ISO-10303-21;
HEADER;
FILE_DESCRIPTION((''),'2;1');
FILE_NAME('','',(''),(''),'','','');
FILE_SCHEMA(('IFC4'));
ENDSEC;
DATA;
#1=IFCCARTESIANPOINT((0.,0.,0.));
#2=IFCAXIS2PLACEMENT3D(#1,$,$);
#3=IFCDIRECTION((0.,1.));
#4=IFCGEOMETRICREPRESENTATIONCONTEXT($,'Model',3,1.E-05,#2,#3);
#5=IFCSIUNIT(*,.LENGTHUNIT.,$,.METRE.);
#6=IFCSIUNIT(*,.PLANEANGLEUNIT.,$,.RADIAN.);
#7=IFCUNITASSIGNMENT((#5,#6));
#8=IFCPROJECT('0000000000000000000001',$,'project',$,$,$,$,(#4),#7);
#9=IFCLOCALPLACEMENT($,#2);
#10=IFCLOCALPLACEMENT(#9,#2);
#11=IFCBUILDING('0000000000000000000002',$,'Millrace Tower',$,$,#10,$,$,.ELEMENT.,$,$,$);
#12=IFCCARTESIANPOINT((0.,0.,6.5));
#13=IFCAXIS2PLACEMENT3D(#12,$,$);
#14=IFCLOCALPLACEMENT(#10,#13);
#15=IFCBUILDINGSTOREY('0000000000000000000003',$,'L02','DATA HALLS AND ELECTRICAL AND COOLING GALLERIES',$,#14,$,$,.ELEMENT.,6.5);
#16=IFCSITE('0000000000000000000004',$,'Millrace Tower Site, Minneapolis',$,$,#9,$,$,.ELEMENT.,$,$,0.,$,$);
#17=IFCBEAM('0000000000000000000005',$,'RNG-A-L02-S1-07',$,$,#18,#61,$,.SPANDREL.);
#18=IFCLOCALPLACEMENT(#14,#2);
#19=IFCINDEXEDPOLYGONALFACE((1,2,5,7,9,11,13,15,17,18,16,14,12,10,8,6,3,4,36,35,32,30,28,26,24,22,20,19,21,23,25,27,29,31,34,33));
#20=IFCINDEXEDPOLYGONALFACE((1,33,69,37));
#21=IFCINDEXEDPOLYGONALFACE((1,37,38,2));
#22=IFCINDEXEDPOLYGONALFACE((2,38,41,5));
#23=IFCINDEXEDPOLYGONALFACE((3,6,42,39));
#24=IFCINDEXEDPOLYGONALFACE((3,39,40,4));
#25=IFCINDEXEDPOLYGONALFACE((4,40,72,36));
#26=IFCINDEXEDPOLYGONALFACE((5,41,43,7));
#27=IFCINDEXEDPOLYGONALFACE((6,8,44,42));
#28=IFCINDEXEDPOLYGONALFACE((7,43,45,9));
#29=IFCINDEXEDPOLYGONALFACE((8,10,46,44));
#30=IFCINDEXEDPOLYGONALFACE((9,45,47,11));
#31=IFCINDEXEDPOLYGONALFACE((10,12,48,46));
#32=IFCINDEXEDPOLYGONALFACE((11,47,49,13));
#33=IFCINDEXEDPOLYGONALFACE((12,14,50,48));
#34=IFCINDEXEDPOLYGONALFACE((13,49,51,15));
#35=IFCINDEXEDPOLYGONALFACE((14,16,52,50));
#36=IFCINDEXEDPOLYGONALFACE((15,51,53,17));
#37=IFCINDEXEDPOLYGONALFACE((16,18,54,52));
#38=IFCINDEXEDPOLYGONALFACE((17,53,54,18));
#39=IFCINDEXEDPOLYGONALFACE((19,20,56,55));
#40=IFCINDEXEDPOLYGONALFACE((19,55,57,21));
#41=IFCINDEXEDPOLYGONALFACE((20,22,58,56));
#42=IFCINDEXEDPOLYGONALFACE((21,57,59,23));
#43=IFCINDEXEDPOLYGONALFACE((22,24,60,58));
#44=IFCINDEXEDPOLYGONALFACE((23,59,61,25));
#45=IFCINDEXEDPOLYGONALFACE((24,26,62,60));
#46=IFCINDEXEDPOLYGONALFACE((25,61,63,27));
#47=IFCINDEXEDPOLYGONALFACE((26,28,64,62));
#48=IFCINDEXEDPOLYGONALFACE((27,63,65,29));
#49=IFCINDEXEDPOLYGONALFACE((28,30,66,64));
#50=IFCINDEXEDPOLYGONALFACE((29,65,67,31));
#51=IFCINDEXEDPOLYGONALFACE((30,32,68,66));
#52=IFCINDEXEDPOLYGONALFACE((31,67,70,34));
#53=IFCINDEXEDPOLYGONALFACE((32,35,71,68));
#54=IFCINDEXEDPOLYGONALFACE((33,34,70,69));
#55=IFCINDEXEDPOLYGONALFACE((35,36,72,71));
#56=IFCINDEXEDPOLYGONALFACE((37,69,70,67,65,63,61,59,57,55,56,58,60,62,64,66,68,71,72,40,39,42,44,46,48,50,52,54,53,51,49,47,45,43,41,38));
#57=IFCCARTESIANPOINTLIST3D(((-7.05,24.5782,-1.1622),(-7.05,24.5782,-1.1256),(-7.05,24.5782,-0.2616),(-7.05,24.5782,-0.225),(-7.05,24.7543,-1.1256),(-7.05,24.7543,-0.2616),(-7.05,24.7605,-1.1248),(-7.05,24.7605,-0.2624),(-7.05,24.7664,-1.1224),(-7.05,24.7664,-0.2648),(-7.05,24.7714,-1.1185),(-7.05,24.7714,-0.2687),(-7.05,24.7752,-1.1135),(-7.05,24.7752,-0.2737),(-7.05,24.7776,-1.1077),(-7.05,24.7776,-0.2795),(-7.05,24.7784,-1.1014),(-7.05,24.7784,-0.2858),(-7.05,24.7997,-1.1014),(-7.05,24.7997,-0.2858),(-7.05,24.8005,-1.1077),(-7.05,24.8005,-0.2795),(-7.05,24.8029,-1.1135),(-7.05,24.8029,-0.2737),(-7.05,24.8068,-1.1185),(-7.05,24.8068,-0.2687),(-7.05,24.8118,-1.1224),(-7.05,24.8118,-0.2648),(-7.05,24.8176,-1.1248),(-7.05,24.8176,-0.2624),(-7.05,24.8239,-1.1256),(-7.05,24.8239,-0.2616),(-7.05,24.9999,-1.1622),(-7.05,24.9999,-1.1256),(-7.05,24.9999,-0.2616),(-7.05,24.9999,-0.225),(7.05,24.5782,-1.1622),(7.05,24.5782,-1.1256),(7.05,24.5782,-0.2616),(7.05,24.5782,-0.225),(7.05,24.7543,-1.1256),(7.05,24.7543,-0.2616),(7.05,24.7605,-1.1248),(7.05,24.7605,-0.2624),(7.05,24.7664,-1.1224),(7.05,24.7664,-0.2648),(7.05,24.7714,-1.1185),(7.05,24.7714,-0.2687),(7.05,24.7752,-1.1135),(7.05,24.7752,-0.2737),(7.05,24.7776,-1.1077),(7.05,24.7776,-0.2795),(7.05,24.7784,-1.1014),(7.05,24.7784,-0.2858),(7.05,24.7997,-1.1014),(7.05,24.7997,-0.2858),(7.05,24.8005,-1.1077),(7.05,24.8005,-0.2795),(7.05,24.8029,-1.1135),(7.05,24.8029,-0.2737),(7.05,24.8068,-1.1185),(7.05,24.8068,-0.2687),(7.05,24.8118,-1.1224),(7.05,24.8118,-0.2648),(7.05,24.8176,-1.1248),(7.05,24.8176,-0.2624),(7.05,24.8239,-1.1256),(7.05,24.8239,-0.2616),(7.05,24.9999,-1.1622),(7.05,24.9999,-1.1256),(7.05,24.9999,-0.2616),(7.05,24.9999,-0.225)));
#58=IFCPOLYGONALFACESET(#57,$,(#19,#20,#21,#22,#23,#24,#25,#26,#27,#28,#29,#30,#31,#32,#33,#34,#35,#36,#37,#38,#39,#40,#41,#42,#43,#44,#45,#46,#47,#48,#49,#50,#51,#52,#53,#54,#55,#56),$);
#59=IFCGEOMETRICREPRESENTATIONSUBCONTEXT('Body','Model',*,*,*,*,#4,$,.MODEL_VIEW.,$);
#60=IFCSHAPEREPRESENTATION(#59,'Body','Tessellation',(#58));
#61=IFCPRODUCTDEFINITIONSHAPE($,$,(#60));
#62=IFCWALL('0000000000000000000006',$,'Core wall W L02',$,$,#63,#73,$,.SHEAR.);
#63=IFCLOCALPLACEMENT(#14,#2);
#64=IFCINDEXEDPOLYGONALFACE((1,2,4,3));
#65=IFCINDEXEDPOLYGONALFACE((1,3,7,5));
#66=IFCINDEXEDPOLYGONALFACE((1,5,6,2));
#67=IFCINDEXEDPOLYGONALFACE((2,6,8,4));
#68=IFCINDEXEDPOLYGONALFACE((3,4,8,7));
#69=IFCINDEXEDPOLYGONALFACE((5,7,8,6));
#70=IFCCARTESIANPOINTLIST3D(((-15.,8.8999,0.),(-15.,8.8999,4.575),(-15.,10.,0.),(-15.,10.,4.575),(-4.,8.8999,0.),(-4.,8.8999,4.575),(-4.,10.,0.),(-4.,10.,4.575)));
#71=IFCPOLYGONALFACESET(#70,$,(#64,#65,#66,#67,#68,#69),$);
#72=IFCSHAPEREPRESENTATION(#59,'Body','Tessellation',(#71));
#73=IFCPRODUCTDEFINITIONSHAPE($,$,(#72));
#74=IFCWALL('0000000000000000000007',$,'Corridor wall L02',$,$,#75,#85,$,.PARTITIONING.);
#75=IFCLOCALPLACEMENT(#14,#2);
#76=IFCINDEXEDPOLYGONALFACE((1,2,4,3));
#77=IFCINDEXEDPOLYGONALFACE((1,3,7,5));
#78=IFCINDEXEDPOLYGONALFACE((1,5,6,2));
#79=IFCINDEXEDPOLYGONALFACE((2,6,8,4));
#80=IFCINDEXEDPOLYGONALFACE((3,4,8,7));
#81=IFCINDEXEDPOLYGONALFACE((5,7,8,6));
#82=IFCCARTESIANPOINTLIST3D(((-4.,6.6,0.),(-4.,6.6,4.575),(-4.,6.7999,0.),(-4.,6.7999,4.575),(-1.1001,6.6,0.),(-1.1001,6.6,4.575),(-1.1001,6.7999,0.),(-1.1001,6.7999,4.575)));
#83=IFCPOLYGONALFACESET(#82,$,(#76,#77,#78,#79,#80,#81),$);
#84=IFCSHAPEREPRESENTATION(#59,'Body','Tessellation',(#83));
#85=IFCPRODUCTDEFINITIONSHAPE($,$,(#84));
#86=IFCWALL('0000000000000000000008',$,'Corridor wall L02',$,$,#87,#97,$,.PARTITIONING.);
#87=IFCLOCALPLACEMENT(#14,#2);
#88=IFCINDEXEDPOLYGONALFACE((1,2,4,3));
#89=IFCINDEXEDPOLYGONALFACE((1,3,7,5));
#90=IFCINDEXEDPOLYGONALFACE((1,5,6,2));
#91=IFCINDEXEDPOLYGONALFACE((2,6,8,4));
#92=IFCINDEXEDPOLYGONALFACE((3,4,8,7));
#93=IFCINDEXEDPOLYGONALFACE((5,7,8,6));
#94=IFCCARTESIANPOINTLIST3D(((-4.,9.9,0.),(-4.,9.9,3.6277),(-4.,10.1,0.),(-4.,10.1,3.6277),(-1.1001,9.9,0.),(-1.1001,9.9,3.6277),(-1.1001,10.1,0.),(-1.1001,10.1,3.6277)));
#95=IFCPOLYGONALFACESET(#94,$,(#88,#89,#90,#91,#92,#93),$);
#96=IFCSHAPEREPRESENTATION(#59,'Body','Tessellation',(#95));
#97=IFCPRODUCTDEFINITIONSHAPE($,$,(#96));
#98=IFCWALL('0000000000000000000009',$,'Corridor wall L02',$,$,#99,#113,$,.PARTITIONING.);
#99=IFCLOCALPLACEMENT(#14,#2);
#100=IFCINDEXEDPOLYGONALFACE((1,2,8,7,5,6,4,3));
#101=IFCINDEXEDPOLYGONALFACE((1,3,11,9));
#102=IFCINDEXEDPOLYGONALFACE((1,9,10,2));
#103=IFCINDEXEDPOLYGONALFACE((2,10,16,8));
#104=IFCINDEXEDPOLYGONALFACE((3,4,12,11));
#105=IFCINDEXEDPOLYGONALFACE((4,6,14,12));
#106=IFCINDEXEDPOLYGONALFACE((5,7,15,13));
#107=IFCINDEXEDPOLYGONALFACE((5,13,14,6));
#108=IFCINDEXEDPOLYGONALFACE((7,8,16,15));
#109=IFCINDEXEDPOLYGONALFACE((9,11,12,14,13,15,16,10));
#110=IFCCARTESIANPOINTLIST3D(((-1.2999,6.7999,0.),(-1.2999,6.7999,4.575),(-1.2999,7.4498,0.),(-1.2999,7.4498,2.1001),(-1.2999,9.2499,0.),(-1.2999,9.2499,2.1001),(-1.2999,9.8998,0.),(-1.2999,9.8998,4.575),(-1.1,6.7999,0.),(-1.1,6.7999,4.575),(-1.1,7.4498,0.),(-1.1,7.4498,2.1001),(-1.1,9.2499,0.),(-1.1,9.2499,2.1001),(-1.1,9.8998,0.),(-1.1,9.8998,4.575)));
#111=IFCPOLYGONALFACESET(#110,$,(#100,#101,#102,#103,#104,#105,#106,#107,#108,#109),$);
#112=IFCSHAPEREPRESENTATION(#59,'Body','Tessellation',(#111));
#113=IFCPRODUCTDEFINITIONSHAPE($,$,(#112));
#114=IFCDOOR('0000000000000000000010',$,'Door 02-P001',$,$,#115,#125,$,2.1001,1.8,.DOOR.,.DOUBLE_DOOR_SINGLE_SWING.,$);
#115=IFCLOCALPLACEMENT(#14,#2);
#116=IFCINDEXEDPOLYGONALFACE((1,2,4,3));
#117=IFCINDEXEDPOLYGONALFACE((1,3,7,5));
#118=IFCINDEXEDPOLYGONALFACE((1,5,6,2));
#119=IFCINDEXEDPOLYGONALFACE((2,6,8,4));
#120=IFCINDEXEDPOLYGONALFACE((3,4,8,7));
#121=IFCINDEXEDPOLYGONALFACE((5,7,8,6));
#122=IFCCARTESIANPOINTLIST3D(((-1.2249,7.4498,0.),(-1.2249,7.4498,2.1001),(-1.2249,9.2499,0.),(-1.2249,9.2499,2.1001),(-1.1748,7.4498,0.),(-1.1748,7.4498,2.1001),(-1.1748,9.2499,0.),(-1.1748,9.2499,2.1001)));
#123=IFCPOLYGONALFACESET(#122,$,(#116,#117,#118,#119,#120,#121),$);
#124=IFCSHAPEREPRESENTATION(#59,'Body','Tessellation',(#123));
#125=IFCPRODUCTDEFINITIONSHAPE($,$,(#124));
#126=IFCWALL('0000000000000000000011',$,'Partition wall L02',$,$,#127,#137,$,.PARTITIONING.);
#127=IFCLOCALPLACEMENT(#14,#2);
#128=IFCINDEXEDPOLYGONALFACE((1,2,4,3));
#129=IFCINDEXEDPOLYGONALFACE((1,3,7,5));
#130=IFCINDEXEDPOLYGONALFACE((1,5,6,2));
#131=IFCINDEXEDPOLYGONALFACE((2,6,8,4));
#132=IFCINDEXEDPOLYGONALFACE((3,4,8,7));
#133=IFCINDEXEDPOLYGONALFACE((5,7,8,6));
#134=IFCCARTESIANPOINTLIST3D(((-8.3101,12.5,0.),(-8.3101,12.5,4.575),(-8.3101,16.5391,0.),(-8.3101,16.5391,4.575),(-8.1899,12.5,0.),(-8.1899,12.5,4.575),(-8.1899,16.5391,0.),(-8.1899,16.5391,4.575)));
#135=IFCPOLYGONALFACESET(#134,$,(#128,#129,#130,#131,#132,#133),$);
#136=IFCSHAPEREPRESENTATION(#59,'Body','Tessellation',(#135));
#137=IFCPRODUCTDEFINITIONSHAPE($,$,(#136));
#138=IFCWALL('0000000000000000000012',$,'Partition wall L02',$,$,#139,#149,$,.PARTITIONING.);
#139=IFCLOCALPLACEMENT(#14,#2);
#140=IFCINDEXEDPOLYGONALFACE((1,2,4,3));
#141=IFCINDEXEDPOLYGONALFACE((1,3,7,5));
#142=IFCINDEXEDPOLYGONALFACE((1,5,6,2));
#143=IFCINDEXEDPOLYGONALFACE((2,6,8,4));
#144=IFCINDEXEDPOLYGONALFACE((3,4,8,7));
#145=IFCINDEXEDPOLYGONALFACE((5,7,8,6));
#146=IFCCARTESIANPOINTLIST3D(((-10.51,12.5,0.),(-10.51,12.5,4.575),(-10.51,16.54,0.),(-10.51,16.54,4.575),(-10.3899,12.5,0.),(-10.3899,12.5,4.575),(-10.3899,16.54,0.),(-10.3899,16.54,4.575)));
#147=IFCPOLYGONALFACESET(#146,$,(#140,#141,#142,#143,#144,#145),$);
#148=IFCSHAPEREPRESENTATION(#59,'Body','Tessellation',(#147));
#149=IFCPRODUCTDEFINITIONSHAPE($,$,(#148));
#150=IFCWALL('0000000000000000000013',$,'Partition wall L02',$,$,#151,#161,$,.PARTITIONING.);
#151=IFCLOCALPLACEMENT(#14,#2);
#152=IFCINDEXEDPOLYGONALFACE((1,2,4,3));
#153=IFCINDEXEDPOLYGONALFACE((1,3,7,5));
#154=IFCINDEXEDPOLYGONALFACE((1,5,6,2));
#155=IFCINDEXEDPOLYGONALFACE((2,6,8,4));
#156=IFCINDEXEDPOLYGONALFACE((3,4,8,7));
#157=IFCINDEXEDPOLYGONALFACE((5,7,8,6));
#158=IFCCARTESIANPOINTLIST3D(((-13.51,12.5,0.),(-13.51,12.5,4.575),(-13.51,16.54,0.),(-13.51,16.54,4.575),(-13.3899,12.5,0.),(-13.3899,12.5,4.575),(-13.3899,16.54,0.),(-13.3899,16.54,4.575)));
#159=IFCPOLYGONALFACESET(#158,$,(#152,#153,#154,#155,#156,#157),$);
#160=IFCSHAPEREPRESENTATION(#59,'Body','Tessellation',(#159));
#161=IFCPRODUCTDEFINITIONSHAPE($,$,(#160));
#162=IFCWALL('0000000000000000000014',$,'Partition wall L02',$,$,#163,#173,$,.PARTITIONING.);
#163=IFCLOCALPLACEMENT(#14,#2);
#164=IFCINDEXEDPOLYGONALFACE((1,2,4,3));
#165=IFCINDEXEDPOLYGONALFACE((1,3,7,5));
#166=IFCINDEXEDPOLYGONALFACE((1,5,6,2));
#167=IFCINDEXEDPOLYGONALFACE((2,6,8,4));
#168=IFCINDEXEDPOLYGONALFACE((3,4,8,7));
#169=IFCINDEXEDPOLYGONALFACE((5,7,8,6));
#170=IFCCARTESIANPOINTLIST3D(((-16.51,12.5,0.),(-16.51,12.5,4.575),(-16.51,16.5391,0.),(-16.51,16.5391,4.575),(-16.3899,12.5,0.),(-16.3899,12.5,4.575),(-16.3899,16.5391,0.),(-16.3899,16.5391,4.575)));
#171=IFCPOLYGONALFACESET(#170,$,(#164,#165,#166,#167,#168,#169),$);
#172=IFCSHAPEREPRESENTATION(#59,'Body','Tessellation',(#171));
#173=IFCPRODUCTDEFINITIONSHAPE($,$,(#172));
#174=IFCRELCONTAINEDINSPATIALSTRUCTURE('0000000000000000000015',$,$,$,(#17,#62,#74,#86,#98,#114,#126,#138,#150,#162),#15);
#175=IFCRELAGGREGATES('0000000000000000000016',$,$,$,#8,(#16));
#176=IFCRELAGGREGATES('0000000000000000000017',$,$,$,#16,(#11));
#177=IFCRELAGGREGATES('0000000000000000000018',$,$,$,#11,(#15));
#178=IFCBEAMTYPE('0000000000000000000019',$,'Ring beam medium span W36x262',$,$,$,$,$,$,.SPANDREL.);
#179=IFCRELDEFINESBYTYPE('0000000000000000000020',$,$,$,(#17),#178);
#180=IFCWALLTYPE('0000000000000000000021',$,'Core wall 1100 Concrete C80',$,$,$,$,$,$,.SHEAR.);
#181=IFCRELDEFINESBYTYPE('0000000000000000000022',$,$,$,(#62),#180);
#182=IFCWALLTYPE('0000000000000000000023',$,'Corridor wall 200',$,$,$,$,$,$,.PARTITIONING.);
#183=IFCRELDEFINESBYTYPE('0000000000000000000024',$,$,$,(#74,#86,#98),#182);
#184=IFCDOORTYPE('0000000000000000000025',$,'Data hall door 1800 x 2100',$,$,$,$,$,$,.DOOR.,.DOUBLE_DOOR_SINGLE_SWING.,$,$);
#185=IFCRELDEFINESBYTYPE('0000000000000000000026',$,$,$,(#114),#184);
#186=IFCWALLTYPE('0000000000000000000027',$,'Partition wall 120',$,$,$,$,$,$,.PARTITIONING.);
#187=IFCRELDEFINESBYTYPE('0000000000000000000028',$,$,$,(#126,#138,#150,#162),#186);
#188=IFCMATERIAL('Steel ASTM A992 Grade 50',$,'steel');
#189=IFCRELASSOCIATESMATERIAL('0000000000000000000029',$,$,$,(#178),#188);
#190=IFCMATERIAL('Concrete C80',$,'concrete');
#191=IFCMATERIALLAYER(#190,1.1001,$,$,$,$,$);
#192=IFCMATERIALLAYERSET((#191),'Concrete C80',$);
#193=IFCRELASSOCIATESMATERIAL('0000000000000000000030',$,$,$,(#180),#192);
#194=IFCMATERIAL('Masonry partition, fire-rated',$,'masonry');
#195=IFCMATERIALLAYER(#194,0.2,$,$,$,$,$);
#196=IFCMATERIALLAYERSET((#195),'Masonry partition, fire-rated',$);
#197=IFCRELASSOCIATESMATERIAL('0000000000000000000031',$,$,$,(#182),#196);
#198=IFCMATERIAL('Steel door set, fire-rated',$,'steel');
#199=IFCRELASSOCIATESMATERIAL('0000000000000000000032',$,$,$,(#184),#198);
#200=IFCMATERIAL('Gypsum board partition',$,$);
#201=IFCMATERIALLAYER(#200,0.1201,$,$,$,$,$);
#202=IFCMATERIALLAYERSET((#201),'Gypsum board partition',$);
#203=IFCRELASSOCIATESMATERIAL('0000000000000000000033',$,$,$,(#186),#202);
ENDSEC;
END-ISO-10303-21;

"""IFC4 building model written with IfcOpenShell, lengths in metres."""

from ifc_helpers import new_model, si_unit, direction, frame, frame_2d, origin, origin_2d, place, context, subcontext, project, spatial, rectangle, i_section, extrude, material, layer, layer_set, material_profile, profile_set, type_object, element, fill, save


model = new_model("IFC4")

# Units and contexts
model_context = context("Model", 3, precision=1e-05, world=origin(), true_north=direction((0.0, 1.0)))
body_context = subcontext(model_context, "Body", "Model", "MODEL_VIEW")
ifc_project = project(units=[si_unit("LENGTHUNIT", "METRE"), si_unit("PLANEANGLEUNIT", "RADIAN")], contexts=[model_context])

# Site, building, storey
site_placement = place(None, origin())
site = spatial("IfcSite", under=ifc_project, at=site_placement, Name="Millrace Tower Site, Minneapolis", CompositionType="ELEMENT", RefElevation=0.0)
building_placement = place(site_placement, origin())
building = spatial("IfcBuilding", under=site, at=building_placement, Name="Millrace Tower", CompositionType="ELEMENT")
storey_placement = place(building_placement, frame((0.0, 0.0, 6.5)))
storey = spatial("IfcBuildingStorey", under=building, at=storey_placement, Name="L02", Description="DATA HALLS AND ELECTRICAL AND COOLING GALLERIES", CompositionType="ELEMENT", Elevation=6.5)

# Beam
ifc_material_1 = material(Name="Steel ASTM A992 Grade 50", Category="steel")
ifc_material_profile_1 = material_profile(ifc_material_1, i_section(OverallWidth=0.4216, OverallDepth=0.9373, WebThickness=0.0212, FlangeThickness=0.0366, FilletRadius=0.0242, at=origin_2d()))
ifc_profile_set_1 = profile_set([ifc_material_profile_1], Name="Steel ASTM A992 Grade 50")
beam_type_1 = type_object("IfcBeamType", Name="Ring beam medium span W36x262", PredefinedType="SPANDREL", material=ifc_profile_set_1)
beam_1_placement = place(storey_placement, frame((-7.05, 24.7891, -0.6936), z_axis=(1.0, 0.0, 0.0), x_axis=(0.0, 1.0, 0.0)))
element("IfcBeam", 1, at=beam_1_placement, inside=storey, type_object=beam_type_1, Name="RNG-A-L02-S1-07", PredefinedType="SPANDREL", context=body_context, shape_type="SweptSolid", body=[
    extrude(i_section(OverallWidth=0.4216, OverallDepth=0.9373, WebThickness=0.0212, FlangeThickness=0.0366, FilletRadius=0.0242, at=origin_2d()), origin(), (0.0, 0.0, 1.0), 14.1001),
])

# Walls
ifc_material_2 = material(Name="Concrete C80", Category="concrete")
ifc_layer_1 = layer(ifc_material_2, 1.1001)
ifc_layer_set_1 = layer_set([ifc_layer_1], Name="Concrete C80")
wall_type_1 = type_object("IfcWallType", Name="Core wall 1100 Concrete C80", PredefinedType="SHEAR", material=ifc_layer_set_1)
wall_1_placement = place(storey_placement, frame((-15.0, 9.45, 0.0), z_axis=(0.0, 0.0, 1.0), x_axis=(1.0, 0.0, 0.0)))
element("IfcWall", 2, at=wall_1_placement, inside=storey, type_object=wall_type_1, Name="Core wall W L02", PredefinedType="SHEAR", context=body_context, shape_type="SweptSolid", body=[
    extrude(rectangle(XDim=11.0, YDim=1.1001, at=frame_2d((5.5, 0.0))), origin(), (0.0, 0.0, 1.0), 4.575),
])
ifc_material_3 = material(Name="Masonry partition, fire-rated", Category="masonry")
ifc_layer_2 = layer(ifc_material_3, 0.2)
ifc_layer_set_2 = layer_set([ifc_layer_2], Name="Masonry partition, fire-rated")
wall_type_2 = type_object("IfcWallType", Name="Corridor wall 200", PredefinedType="PARTITIONING", material=ifc_layer_set_2)
wall_2_placement = place(storey_placement, frame((-4.0, 6.7, 0.0), z_axis=(0.0, 0.0, 1.0), x_axis=(1.0, 0.0, 0.0)))
element("IfcWall", 3, at=wall_2_placement, inside=storey, type_object=wall_type_2, Name="Corridor wall L02", PredefinedType="PARTITIONING", context=body_context, shape_type="SweptSolid", body=[
    extrude(rectangle(XDim=2.8999, YDim=0.2, at=frame_2d((1.45, 0.0))), origin(), (0.0, 0.0, 1.0), 4.575),
])
wall_3_placement = place(storey_placement, frame((-4.0, 10.0, 0.0), z_axis=(0.0, 0.0, 1.0), x_axis=(1.0, 0.0, 0.0)))
element("IfcWall", 4, at=wall_3_placement, inside=storey, type_object=wall_type_2, Name="Corridor wall L02", PredefinedType="PARTITIONING", context=body_context, shape_type="SweptSolid", body=[
    extrude(rectangle(XDim=2.8999, YDim=0.2, at=frame_2d((1.45, 0.0))), origin(), (0.0, 0.0, 1.0), 3.6277),
])

# Wall, opening, door
wall_4_placement = place(storey_placement, frame((-1.2, 6.8, 0.0), z_axis=(0.0, 0.0, 1.0), x_axis=(0.0, 1.0, 0.0)))
wall_4 = element("IfcWall", 5, at=wall_4_placement, inside=storey, type_object=wall_type_2, Name="Corridor wall L02", PredefinedType="PARTITIONING", context=body_context, shape_type="SweptSolid", body=[
    extrude(rectangle(XDim=3.0999, YDim=0.2, at=frame_2d((1.5498, 0.0))), origin(), (0.0, 0.0, 1.0), 4.575),
])
opening_placement = place(wall_4_placement, frame((0.6499, 0.0, 0.0)))
opening = element("IfcOpeningElement", 6, at=opening_placement, cuts=wall_4, PredefinedType="OPENING", context=body_context, shape_type="SweptSolid", body=[
    extrude(rectangle(XDim=1.8, YDim=2.1001, at=frame_2d((0.8999, 1.05))), frame((0.0, 0.1099, 0.0), z_axis=(0.0, -1.0, 0.0), x_axis=(1.0, 0.0, 0.0)), (0.0, 0.0, 1.0), 0.22),
])
ifc_material_4 = material(Name="Steel door set, fire-rated", Category="steel")
door_type = type_object("IfcDoorType", Name="Data hall door 1800 x 2100", OperationType="DOUBLE_DOOR_SINGLE_SWING", PredefinedType="DOOR", material=ifc_material_4)
door_placement = place(opening_placement, origin())
door = element("IfcDoor", 7, at=door_placement, inside=storey, type_object=door_type, Name="Door 02-P001", OperationType="DOUBLE_DOOR_SINGLE_SWING", OverallHeight=2.1001, OverallWidth=1.8, PredefinedType="DOOR", context=body_context, shape_type="SweptSolid", body=[
    extrude(rectangle(XDim=1.8, YDim=2.1001, at=frame_2d((0.8999, 1.05))), frame((0.0, 0.0249, 0.0), z_axis=(0.0, -1.0, 0.0), x_axis=(1.0, 0.0, 0.0)), (0.0, 0.0, 1.0), 0.05),
])
fill(opening, door)

# Walls
ifc_material_5 = material(Name="Gypsum board partition")
ifc_layer_3 = layer(ifc_material_5, 0.1201)
ifc_layer_set_3 = layer_set([ifc_layer_3], Name="Gypsum board partition")
wall_type_3 = type_object("IfcWallType", Name="Partition wall 120", PredefinedType="PARTITIONING", material=ifc_layer_set_3)
wall_5_placement = place(storey_placement, frame((-8.25, 12.5, 0.0), z_axis=(0.0, 0.0, 1.0), x_axis=(0.0, 1.0, 0.0)))
element("IfcWall", 8, at=wall_5_placement, inside=storey, type_object=wall_type_3, Name="Partition wall L02", PredefinedType="PARTITIONING", context=body_context, shape_type="SweptSolid", body=[
    extrude(rectangle(XDim=4.0391, YDim=0.1201, at=frame_2d((2.0195, 0.0))), origin(), (0.0, 0.0, 1.0), 4.575),
])
for number, where, z_axis, x_axis, name in (
    (9, (-10.45, 12.5, 0.0), (0.0, 0.0, 1.0), (0.0, 1.0, 0.0), "Partition wall L02"),
    (10, (-13.45, 12.5, 0.0), (0.0, 0.0, 1.0), (0.0, 1.0, 0.0), "Partition wall L02"),
):
    element("IfcWall", number, at=place(storey_placement, frame(where, z_axis=z_axis, x_axis=x_axis)), inside=storey, type_object=wall_type_3, Name=name, PredefinedType="PARTITIONING", context=body_context, shape_type="SweptSolid", body=[
        extrude(rectangle(XDim=4.04, YDim=0.1201, at=frame_2d((2.02, 0.0))), origin(), (0.0, 0.0, 1.0), 4.575),
    ])
wall_6_placement = place(storey_placement, frame((-16.45, 12.5, 0.0), z_axis=(0.0, 0.0, 1.0), x_axis=(0.0, 1.0, 0.0)))
element("IfcWall", 11, at=wall_6_placement, inside=storey, type_object=wall_type_3, Name="Partition wall L02", PredefinedType="PARTITIONING", context=body_context, shape_type="SweptSolid", body=[
    extrude(rectangle(XDim=4.0391, YDim=0.1201, at=frame_2d((2.0195, 0.0))), origin(), (0.0, 0.0, 1.0), 4.575),
])

save(model, "model.ifc")
